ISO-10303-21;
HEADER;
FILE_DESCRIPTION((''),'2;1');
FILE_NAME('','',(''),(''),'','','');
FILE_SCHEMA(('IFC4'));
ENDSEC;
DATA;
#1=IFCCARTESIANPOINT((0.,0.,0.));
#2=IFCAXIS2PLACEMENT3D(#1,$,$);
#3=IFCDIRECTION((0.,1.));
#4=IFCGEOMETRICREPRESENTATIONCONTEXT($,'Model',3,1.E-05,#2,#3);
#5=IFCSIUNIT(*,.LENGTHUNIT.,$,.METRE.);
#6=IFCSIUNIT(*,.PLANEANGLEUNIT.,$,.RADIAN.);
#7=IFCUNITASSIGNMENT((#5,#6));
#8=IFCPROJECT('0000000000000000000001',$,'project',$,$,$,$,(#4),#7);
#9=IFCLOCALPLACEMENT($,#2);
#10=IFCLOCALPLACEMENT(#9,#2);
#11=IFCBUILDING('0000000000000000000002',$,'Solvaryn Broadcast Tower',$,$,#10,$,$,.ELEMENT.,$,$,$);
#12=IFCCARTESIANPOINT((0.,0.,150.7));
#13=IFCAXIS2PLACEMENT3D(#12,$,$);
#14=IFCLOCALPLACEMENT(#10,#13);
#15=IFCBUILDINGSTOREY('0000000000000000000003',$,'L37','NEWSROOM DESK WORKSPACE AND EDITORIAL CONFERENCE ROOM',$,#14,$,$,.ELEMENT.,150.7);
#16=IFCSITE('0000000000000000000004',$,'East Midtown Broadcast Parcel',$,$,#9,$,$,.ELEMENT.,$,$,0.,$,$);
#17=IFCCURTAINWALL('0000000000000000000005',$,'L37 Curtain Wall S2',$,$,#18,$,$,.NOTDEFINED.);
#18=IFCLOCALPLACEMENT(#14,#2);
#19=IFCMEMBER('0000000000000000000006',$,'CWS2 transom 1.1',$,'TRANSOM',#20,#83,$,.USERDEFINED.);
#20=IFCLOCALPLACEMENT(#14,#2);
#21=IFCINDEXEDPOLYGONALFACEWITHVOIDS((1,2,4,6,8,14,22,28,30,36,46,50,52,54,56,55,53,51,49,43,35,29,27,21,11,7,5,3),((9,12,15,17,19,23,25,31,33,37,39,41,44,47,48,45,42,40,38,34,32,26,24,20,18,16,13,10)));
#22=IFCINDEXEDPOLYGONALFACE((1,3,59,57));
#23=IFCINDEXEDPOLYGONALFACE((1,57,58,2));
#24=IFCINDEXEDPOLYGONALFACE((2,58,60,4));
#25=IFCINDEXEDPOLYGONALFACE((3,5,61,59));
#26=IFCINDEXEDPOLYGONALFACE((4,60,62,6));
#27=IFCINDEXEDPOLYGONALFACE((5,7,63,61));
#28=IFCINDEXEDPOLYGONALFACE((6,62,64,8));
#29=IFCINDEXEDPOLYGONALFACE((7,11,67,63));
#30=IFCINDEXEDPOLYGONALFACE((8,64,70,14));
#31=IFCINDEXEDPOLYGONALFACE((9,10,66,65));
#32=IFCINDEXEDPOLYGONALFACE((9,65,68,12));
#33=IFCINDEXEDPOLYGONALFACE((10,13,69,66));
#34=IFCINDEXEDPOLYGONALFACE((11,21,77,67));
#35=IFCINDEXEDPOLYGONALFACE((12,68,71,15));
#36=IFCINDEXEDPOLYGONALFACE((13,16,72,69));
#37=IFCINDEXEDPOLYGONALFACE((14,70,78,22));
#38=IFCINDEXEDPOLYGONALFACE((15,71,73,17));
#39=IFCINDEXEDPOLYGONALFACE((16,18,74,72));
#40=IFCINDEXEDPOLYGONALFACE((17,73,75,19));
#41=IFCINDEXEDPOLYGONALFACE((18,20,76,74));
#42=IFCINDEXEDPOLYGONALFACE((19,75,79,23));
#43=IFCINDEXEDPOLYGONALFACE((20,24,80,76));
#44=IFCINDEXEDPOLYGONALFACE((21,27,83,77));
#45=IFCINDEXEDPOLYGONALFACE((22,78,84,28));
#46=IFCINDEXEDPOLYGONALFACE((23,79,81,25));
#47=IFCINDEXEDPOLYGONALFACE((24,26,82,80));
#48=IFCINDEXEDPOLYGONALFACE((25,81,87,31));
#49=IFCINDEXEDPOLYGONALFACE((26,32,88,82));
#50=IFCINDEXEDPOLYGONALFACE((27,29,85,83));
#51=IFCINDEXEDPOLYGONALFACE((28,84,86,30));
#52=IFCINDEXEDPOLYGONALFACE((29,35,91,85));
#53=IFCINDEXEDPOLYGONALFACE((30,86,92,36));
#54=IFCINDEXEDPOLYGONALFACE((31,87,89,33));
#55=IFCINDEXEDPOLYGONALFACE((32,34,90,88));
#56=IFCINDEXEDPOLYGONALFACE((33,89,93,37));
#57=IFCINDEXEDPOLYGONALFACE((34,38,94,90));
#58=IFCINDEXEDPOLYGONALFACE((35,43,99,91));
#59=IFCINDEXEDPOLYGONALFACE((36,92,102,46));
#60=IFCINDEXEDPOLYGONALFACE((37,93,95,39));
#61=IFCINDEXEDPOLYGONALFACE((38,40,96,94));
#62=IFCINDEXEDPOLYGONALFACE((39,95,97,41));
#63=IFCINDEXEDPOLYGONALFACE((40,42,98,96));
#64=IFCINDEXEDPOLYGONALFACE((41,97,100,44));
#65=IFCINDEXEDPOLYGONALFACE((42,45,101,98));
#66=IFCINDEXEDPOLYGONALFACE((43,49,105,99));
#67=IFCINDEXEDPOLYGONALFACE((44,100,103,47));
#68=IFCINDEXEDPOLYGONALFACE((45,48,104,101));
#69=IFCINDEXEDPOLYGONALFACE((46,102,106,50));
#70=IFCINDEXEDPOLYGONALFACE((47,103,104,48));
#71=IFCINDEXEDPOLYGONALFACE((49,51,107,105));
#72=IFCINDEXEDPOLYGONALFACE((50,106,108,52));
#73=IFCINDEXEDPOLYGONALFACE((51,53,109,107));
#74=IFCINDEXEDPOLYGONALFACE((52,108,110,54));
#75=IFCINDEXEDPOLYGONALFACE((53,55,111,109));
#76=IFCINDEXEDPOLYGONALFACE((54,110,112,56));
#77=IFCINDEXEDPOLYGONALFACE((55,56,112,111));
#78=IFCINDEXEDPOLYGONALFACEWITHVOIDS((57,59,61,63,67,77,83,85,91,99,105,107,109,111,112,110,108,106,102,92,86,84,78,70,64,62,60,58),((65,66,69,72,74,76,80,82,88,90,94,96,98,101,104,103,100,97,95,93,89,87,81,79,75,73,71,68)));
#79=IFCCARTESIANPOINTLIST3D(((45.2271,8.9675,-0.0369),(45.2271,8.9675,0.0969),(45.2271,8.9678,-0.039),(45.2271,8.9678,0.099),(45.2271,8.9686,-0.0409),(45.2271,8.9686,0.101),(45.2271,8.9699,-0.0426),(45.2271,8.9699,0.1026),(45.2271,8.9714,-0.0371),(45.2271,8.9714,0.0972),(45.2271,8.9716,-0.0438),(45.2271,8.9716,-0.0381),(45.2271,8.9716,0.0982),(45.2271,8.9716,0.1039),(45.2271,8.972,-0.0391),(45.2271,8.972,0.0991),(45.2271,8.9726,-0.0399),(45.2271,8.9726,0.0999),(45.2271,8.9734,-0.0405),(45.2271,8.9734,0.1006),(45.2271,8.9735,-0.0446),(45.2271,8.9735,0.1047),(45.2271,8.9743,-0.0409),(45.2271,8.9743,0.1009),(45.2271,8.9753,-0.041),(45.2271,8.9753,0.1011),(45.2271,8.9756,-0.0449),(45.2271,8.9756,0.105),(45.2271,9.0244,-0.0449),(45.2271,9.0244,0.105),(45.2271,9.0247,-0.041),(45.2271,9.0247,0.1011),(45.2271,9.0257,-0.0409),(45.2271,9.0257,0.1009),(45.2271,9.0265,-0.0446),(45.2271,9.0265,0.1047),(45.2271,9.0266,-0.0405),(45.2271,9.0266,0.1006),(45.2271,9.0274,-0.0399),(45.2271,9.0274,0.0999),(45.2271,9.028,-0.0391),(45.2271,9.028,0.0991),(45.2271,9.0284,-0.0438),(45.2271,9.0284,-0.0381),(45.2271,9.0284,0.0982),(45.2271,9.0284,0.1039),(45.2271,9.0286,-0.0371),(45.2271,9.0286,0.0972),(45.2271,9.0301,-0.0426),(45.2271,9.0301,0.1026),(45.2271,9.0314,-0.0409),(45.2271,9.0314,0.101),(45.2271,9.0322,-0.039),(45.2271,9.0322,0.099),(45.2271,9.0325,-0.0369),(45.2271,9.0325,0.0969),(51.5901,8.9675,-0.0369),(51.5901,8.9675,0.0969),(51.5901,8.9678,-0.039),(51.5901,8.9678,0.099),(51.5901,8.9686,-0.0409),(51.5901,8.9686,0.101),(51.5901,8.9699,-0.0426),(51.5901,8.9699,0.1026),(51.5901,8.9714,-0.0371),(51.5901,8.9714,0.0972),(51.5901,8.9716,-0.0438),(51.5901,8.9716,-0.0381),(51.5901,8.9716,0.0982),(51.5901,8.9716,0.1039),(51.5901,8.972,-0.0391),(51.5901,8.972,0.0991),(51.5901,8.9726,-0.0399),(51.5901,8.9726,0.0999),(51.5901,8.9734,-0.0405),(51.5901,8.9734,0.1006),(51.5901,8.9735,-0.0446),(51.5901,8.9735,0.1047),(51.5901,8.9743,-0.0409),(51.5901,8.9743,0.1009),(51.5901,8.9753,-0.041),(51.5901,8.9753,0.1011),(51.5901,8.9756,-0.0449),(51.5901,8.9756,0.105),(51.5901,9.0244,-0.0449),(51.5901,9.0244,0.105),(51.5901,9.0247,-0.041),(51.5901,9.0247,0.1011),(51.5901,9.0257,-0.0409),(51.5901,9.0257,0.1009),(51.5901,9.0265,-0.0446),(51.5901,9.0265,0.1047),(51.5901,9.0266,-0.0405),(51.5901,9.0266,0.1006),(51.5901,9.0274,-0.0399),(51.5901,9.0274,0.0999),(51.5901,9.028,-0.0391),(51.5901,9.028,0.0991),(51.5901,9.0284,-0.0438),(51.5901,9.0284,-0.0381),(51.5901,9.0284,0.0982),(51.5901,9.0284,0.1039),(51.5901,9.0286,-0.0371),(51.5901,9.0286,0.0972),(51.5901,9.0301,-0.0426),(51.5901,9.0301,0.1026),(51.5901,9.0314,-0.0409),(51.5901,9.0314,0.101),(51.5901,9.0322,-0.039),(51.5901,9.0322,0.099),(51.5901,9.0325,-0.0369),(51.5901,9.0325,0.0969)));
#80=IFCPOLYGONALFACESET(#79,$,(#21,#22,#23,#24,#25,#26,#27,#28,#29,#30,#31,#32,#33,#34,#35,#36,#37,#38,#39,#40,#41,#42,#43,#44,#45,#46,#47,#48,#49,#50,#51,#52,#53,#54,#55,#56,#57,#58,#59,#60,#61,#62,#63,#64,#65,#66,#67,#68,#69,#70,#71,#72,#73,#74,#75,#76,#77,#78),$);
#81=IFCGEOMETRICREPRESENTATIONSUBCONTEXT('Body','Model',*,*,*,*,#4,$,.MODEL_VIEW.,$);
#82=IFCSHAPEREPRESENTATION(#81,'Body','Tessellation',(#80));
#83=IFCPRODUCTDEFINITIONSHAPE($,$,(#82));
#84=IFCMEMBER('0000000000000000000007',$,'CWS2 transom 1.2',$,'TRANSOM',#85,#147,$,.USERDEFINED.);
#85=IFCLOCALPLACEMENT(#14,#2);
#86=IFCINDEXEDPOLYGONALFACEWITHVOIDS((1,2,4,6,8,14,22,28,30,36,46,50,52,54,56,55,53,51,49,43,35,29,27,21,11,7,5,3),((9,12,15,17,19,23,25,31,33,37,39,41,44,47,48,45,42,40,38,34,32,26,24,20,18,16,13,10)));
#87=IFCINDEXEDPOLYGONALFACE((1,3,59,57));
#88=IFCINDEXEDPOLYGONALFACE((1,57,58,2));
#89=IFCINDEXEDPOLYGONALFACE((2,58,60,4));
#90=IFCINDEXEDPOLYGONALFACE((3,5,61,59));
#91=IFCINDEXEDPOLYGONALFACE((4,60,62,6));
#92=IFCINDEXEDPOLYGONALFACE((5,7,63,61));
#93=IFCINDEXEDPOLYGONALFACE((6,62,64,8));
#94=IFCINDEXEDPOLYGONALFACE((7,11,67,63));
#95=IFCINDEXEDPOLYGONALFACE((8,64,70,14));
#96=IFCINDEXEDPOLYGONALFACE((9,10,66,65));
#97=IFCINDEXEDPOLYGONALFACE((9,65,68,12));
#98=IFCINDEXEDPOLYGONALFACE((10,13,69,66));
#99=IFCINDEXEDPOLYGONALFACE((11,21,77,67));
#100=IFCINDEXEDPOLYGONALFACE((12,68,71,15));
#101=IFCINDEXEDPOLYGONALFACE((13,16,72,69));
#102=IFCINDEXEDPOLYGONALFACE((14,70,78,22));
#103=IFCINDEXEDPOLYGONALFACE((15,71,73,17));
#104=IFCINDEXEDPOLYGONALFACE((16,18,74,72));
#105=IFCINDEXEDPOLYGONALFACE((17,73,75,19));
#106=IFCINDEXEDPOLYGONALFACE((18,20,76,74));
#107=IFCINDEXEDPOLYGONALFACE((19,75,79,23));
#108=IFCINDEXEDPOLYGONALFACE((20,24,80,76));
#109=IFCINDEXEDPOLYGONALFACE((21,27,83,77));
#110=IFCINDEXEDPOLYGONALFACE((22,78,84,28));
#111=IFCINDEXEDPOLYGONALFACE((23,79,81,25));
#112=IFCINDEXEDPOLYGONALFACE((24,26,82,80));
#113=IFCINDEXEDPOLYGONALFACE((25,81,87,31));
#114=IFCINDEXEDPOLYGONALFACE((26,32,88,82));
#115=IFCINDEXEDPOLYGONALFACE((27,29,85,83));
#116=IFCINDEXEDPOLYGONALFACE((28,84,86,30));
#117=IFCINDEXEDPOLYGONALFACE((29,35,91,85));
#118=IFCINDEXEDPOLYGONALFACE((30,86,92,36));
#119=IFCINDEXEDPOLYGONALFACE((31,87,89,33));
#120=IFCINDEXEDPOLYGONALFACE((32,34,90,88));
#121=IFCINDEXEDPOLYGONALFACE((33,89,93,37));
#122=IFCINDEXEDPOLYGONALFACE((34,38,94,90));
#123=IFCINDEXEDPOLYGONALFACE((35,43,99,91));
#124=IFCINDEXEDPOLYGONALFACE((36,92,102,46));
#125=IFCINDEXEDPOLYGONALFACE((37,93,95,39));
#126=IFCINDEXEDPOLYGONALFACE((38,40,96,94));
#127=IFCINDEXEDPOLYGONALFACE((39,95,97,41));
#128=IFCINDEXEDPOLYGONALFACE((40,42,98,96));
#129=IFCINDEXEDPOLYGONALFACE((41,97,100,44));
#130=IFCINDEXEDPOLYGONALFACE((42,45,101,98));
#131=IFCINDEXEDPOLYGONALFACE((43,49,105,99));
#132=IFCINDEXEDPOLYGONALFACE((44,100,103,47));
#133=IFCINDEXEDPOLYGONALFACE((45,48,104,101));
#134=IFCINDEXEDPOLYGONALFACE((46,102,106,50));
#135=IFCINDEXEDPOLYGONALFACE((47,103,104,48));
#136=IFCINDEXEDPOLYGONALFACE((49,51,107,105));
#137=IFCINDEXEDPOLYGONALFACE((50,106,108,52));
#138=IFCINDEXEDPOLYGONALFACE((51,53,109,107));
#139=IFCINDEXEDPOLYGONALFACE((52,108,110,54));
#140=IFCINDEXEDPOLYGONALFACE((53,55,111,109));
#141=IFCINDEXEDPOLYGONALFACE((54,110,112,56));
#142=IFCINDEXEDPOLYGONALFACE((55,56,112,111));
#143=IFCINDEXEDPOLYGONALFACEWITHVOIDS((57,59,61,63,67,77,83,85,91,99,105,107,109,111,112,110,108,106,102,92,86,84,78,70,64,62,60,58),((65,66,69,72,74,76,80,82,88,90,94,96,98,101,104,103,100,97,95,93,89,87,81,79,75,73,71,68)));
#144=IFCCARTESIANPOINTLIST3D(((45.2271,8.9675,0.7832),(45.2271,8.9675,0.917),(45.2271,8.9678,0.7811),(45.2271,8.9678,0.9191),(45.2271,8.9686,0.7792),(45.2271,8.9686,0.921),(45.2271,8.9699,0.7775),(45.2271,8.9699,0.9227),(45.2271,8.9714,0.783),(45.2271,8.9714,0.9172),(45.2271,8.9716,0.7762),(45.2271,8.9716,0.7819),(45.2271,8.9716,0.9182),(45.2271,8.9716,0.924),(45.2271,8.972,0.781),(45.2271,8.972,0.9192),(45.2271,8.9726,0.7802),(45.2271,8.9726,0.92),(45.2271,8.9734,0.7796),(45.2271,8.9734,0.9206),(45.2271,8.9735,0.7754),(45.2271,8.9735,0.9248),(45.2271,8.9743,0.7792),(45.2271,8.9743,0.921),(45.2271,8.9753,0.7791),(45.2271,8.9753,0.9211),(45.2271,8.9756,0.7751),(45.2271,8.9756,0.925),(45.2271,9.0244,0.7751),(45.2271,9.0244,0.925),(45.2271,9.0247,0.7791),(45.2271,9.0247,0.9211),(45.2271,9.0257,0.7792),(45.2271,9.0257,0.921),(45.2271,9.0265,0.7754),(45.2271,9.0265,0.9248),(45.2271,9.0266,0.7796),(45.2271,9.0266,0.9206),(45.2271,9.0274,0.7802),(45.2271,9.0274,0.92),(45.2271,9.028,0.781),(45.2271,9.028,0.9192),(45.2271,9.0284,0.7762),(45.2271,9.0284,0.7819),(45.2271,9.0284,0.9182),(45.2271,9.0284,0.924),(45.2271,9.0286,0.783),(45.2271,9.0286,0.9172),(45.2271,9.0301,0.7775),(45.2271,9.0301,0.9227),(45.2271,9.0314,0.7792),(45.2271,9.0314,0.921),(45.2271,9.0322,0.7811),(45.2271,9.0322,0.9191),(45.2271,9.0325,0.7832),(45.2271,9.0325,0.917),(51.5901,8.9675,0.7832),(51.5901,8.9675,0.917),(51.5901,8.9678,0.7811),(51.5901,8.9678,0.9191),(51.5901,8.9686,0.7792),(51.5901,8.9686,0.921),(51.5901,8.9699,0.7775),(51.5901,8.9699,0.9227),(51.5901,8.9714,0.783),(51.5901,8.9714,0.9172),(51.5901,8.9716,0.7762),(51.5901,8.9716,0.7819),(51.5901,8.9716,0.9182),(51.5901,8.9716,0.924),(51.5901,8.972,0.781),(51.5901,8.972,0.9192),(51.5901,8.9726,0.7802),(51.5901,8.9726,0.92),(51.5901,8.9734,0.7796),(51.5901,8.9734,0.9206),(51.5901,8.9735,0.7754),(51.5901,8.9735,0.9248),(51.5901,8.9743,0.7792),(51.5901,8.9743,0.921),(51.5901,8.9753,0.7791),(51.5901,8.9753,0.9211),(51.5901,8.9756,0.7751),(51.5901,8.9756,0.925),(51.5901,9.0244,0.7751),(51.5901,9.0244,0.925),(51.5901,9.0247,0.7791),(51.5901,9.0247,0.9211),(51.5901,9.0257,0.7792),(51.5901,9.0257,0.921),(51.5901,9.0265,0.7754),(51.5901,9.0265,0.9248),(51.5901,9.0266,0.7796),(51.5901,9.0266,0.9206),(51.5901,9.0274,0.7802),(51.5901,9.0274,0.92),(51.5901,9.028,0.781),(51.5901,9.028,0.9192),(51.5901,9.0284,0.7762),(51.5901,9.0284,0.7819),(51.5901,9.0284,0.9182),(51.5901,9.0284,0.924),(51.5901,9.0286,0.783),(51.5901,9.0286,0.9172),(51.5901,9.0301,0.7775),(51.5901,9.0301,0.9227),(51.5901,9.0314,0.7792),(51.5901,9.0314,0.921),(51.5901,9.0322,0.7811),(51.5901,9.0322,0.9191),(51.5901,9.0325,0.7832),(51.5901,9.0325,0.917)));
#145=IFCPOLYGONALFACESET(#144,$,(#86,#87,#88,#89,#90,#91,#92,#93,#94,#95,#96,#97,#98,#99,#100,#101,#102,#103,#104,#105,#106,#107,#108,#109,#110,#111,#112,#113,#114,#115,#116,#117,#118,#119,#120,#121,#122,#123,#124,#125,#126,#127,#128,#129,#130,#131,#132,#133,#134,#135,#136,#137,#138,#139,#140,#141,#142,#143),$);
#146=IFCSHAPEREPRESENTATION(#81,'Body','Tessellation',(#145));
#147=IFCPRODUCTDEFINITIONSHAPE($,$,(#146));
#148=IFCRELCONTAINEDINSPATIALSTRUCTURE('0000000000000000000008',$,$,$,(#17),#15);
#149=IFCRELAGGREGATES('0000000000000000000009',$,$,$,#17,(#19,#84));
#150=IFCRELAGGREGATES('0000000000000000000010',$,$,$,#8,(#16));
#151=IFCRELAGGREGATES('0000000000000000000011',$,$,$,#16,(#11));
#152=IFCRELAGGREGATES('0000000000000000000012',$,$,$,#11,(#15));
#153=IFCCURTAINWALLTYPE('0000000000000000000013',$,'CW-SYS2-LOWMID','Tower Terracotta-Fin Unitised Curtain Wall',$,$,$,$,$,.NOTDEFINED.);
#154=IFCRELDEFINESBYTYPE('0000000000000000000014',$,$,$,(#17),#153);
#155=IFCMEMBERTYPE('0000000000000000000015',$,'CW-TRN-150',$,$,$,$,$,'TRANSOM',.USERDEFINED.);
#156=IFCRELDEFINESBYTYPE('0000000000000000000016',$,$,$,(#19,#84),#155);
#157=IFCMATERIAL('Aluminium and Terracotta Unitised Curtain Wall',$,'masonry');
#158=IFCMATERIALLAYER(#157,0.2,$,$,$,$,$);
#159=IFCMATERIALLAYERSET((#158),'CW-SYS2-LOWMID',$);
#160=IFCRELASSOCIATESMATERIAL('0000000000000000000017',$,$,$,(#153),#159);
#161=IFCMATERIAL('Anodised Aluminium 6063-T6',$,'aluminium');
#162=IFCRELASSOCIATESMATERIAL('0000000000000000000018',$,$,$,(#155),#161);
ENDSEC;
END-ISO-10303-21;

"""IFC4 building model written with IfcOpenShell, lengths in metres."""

from ifc_helpers import new_model, si_unit, direction, frame, origin, origin_2d, place, context, subcontext, project, spatial, hollow_rectangle, extrude, material, layer, layer_set, material_profile, profile_set, type_object, element, aggregate, save


model = new_model("IFC4")

# Units and contexts
model_context = context("Model", 3, precision=1e-05, world=origin(), true_north=direction((0.0, 1.0)))
body_context = subcontext(model_context, "Body", "Model", "MODEL_VIEW")
ifc_project = project(units=[si_unit("LENGTHUNIT", "METRE"), si_unit("PLANEANGLEUNIT", "RADIAN")], contexts=[model_context])

# Site, building, storey
site_placement = place(None, origin())
site = spatial("IfcSite", under=ifc_project, at=site_placement, Name="East Midtown Broadcast Parcel", CompositionType="ELEMENT", RefElevation=0.0)
building_placement = place(site_placement, origin())
building = spatial("IfcBuilding", under=site, at=building_placement, Name="Solvaryn Broadcast Tower", CompositionType="ELEMENT")
storey_placement = place(building_placement, frame((0.0, 0.0, 150.7)))
storey = spatial("IfcBuildingStorey", under=building, at=storey_placement, Name="L37", Description="NEWSROOM DESK WORKSPACE AND EDITORIAL CONFERENCE ROOM", CompositionType="ELEMENT", Elevation=150.7)

# Curtain wall
ifc_material_1 = material(Name="Aluminium and Terracotta Unitised Curtain Wall", Category="masonry")
ifc_layer_1 = layer(ifc_material_1, 0.2)
ifc_layer_set_1 = layer_set([ifc_layer_1], Name="CW-SYS2-LOWMID")
curtain_wall_type = type_object("IfcCurtainWallType", Name="CW-SYS2-LOWMID", Description="Tower Terracotta-Fin Unitised Curtain Wall", PredefinedType="NOTDEFINED", material=ifc_layer_set_1)
curtain_wall_1_placement = place(storey_placement, origin())
curtain_wall_1 = element("IfcCurtainWall", 1, at=curtain_wall_1_placement, inside=storey, type_object=curtain_wall_type, Name="L37 Curtain Wall S2", PredefinedType="NOTDEFINED")

# Members
ifc_material_2 = material(Name="Anodised Aluminium 6063-T6", Category="aluminium")
ifc_material_profile_1 = material_profile(ifc_material_2, hollow_rectangle(XDim=0.0649, YDim=0.1499, WallThickness=0.0039, InnerFilletRadius=0.0039, OuterFilletRadius=0.0081, at=origin_2d()))
ifc_profile_set_1 = profile_set([ifc_material_profile_1], Name="Anodised Aluminium 6063-T6")
member_type_1 = type_object("IfcMemberType", Name="CW-TRN-150", ElementType="TRANSOM", PredefinedType="USERDEFINED", material=ifc_profile_set_1)
member_1_placement = place(storey_placement, frame((45.2271, 9.0, 0.03), z_axis=(1.0, 0.0, 0.0), x_axis=(0.0, 1.0, 0.0)))
member_1 = element("IfcMember", 2, at=member_1_placement, type_object=member_type_1, Name="CWS2 transom 1.1", ObjectType="TRANSOM", PredefinedType="USERDEFINED", context=body_context, shape_type="SweptSolid", body=[
    extrude(hollow_rectangle(XDim=0.0649, YDim=0.1499, WallThickness=0.0039, InnerFilletRadius=0.0039, OuterFilletRadius=0.0081, at=origin_2d()), origin(), (0.0, 0.0, 1.0), 6.363),
])
member_2_placement = place(storey_placement, frame((45.2271, 9.0, 0.8501), z_axis=(1.0, 0.0, 0.0), x_axis=(0.0, 1.0, 0.0)))
member_2 = element("IfcMember", 3, at=member_2_placement, type_object=member_type_1, Name="CWS2 transom 1.2", ObjectType="TRANSOM", PredefinedType="USERDEFINED", context=body_context, shape_type="SweptSolid", body=[
    extrude(hollow_rectangle(XDim=0.0649, YDim=0.1499, WallThickness=0.0039, InnerFilletRadius=0.0039, OuterFilletRadius=0.0081, at=origin_2d()), origin(), (0.0, 0.0, 1.0), 6.363),
])

aggregate(curtain_wall_1, [member_1, member_2])

save(model, "model.ifc")
